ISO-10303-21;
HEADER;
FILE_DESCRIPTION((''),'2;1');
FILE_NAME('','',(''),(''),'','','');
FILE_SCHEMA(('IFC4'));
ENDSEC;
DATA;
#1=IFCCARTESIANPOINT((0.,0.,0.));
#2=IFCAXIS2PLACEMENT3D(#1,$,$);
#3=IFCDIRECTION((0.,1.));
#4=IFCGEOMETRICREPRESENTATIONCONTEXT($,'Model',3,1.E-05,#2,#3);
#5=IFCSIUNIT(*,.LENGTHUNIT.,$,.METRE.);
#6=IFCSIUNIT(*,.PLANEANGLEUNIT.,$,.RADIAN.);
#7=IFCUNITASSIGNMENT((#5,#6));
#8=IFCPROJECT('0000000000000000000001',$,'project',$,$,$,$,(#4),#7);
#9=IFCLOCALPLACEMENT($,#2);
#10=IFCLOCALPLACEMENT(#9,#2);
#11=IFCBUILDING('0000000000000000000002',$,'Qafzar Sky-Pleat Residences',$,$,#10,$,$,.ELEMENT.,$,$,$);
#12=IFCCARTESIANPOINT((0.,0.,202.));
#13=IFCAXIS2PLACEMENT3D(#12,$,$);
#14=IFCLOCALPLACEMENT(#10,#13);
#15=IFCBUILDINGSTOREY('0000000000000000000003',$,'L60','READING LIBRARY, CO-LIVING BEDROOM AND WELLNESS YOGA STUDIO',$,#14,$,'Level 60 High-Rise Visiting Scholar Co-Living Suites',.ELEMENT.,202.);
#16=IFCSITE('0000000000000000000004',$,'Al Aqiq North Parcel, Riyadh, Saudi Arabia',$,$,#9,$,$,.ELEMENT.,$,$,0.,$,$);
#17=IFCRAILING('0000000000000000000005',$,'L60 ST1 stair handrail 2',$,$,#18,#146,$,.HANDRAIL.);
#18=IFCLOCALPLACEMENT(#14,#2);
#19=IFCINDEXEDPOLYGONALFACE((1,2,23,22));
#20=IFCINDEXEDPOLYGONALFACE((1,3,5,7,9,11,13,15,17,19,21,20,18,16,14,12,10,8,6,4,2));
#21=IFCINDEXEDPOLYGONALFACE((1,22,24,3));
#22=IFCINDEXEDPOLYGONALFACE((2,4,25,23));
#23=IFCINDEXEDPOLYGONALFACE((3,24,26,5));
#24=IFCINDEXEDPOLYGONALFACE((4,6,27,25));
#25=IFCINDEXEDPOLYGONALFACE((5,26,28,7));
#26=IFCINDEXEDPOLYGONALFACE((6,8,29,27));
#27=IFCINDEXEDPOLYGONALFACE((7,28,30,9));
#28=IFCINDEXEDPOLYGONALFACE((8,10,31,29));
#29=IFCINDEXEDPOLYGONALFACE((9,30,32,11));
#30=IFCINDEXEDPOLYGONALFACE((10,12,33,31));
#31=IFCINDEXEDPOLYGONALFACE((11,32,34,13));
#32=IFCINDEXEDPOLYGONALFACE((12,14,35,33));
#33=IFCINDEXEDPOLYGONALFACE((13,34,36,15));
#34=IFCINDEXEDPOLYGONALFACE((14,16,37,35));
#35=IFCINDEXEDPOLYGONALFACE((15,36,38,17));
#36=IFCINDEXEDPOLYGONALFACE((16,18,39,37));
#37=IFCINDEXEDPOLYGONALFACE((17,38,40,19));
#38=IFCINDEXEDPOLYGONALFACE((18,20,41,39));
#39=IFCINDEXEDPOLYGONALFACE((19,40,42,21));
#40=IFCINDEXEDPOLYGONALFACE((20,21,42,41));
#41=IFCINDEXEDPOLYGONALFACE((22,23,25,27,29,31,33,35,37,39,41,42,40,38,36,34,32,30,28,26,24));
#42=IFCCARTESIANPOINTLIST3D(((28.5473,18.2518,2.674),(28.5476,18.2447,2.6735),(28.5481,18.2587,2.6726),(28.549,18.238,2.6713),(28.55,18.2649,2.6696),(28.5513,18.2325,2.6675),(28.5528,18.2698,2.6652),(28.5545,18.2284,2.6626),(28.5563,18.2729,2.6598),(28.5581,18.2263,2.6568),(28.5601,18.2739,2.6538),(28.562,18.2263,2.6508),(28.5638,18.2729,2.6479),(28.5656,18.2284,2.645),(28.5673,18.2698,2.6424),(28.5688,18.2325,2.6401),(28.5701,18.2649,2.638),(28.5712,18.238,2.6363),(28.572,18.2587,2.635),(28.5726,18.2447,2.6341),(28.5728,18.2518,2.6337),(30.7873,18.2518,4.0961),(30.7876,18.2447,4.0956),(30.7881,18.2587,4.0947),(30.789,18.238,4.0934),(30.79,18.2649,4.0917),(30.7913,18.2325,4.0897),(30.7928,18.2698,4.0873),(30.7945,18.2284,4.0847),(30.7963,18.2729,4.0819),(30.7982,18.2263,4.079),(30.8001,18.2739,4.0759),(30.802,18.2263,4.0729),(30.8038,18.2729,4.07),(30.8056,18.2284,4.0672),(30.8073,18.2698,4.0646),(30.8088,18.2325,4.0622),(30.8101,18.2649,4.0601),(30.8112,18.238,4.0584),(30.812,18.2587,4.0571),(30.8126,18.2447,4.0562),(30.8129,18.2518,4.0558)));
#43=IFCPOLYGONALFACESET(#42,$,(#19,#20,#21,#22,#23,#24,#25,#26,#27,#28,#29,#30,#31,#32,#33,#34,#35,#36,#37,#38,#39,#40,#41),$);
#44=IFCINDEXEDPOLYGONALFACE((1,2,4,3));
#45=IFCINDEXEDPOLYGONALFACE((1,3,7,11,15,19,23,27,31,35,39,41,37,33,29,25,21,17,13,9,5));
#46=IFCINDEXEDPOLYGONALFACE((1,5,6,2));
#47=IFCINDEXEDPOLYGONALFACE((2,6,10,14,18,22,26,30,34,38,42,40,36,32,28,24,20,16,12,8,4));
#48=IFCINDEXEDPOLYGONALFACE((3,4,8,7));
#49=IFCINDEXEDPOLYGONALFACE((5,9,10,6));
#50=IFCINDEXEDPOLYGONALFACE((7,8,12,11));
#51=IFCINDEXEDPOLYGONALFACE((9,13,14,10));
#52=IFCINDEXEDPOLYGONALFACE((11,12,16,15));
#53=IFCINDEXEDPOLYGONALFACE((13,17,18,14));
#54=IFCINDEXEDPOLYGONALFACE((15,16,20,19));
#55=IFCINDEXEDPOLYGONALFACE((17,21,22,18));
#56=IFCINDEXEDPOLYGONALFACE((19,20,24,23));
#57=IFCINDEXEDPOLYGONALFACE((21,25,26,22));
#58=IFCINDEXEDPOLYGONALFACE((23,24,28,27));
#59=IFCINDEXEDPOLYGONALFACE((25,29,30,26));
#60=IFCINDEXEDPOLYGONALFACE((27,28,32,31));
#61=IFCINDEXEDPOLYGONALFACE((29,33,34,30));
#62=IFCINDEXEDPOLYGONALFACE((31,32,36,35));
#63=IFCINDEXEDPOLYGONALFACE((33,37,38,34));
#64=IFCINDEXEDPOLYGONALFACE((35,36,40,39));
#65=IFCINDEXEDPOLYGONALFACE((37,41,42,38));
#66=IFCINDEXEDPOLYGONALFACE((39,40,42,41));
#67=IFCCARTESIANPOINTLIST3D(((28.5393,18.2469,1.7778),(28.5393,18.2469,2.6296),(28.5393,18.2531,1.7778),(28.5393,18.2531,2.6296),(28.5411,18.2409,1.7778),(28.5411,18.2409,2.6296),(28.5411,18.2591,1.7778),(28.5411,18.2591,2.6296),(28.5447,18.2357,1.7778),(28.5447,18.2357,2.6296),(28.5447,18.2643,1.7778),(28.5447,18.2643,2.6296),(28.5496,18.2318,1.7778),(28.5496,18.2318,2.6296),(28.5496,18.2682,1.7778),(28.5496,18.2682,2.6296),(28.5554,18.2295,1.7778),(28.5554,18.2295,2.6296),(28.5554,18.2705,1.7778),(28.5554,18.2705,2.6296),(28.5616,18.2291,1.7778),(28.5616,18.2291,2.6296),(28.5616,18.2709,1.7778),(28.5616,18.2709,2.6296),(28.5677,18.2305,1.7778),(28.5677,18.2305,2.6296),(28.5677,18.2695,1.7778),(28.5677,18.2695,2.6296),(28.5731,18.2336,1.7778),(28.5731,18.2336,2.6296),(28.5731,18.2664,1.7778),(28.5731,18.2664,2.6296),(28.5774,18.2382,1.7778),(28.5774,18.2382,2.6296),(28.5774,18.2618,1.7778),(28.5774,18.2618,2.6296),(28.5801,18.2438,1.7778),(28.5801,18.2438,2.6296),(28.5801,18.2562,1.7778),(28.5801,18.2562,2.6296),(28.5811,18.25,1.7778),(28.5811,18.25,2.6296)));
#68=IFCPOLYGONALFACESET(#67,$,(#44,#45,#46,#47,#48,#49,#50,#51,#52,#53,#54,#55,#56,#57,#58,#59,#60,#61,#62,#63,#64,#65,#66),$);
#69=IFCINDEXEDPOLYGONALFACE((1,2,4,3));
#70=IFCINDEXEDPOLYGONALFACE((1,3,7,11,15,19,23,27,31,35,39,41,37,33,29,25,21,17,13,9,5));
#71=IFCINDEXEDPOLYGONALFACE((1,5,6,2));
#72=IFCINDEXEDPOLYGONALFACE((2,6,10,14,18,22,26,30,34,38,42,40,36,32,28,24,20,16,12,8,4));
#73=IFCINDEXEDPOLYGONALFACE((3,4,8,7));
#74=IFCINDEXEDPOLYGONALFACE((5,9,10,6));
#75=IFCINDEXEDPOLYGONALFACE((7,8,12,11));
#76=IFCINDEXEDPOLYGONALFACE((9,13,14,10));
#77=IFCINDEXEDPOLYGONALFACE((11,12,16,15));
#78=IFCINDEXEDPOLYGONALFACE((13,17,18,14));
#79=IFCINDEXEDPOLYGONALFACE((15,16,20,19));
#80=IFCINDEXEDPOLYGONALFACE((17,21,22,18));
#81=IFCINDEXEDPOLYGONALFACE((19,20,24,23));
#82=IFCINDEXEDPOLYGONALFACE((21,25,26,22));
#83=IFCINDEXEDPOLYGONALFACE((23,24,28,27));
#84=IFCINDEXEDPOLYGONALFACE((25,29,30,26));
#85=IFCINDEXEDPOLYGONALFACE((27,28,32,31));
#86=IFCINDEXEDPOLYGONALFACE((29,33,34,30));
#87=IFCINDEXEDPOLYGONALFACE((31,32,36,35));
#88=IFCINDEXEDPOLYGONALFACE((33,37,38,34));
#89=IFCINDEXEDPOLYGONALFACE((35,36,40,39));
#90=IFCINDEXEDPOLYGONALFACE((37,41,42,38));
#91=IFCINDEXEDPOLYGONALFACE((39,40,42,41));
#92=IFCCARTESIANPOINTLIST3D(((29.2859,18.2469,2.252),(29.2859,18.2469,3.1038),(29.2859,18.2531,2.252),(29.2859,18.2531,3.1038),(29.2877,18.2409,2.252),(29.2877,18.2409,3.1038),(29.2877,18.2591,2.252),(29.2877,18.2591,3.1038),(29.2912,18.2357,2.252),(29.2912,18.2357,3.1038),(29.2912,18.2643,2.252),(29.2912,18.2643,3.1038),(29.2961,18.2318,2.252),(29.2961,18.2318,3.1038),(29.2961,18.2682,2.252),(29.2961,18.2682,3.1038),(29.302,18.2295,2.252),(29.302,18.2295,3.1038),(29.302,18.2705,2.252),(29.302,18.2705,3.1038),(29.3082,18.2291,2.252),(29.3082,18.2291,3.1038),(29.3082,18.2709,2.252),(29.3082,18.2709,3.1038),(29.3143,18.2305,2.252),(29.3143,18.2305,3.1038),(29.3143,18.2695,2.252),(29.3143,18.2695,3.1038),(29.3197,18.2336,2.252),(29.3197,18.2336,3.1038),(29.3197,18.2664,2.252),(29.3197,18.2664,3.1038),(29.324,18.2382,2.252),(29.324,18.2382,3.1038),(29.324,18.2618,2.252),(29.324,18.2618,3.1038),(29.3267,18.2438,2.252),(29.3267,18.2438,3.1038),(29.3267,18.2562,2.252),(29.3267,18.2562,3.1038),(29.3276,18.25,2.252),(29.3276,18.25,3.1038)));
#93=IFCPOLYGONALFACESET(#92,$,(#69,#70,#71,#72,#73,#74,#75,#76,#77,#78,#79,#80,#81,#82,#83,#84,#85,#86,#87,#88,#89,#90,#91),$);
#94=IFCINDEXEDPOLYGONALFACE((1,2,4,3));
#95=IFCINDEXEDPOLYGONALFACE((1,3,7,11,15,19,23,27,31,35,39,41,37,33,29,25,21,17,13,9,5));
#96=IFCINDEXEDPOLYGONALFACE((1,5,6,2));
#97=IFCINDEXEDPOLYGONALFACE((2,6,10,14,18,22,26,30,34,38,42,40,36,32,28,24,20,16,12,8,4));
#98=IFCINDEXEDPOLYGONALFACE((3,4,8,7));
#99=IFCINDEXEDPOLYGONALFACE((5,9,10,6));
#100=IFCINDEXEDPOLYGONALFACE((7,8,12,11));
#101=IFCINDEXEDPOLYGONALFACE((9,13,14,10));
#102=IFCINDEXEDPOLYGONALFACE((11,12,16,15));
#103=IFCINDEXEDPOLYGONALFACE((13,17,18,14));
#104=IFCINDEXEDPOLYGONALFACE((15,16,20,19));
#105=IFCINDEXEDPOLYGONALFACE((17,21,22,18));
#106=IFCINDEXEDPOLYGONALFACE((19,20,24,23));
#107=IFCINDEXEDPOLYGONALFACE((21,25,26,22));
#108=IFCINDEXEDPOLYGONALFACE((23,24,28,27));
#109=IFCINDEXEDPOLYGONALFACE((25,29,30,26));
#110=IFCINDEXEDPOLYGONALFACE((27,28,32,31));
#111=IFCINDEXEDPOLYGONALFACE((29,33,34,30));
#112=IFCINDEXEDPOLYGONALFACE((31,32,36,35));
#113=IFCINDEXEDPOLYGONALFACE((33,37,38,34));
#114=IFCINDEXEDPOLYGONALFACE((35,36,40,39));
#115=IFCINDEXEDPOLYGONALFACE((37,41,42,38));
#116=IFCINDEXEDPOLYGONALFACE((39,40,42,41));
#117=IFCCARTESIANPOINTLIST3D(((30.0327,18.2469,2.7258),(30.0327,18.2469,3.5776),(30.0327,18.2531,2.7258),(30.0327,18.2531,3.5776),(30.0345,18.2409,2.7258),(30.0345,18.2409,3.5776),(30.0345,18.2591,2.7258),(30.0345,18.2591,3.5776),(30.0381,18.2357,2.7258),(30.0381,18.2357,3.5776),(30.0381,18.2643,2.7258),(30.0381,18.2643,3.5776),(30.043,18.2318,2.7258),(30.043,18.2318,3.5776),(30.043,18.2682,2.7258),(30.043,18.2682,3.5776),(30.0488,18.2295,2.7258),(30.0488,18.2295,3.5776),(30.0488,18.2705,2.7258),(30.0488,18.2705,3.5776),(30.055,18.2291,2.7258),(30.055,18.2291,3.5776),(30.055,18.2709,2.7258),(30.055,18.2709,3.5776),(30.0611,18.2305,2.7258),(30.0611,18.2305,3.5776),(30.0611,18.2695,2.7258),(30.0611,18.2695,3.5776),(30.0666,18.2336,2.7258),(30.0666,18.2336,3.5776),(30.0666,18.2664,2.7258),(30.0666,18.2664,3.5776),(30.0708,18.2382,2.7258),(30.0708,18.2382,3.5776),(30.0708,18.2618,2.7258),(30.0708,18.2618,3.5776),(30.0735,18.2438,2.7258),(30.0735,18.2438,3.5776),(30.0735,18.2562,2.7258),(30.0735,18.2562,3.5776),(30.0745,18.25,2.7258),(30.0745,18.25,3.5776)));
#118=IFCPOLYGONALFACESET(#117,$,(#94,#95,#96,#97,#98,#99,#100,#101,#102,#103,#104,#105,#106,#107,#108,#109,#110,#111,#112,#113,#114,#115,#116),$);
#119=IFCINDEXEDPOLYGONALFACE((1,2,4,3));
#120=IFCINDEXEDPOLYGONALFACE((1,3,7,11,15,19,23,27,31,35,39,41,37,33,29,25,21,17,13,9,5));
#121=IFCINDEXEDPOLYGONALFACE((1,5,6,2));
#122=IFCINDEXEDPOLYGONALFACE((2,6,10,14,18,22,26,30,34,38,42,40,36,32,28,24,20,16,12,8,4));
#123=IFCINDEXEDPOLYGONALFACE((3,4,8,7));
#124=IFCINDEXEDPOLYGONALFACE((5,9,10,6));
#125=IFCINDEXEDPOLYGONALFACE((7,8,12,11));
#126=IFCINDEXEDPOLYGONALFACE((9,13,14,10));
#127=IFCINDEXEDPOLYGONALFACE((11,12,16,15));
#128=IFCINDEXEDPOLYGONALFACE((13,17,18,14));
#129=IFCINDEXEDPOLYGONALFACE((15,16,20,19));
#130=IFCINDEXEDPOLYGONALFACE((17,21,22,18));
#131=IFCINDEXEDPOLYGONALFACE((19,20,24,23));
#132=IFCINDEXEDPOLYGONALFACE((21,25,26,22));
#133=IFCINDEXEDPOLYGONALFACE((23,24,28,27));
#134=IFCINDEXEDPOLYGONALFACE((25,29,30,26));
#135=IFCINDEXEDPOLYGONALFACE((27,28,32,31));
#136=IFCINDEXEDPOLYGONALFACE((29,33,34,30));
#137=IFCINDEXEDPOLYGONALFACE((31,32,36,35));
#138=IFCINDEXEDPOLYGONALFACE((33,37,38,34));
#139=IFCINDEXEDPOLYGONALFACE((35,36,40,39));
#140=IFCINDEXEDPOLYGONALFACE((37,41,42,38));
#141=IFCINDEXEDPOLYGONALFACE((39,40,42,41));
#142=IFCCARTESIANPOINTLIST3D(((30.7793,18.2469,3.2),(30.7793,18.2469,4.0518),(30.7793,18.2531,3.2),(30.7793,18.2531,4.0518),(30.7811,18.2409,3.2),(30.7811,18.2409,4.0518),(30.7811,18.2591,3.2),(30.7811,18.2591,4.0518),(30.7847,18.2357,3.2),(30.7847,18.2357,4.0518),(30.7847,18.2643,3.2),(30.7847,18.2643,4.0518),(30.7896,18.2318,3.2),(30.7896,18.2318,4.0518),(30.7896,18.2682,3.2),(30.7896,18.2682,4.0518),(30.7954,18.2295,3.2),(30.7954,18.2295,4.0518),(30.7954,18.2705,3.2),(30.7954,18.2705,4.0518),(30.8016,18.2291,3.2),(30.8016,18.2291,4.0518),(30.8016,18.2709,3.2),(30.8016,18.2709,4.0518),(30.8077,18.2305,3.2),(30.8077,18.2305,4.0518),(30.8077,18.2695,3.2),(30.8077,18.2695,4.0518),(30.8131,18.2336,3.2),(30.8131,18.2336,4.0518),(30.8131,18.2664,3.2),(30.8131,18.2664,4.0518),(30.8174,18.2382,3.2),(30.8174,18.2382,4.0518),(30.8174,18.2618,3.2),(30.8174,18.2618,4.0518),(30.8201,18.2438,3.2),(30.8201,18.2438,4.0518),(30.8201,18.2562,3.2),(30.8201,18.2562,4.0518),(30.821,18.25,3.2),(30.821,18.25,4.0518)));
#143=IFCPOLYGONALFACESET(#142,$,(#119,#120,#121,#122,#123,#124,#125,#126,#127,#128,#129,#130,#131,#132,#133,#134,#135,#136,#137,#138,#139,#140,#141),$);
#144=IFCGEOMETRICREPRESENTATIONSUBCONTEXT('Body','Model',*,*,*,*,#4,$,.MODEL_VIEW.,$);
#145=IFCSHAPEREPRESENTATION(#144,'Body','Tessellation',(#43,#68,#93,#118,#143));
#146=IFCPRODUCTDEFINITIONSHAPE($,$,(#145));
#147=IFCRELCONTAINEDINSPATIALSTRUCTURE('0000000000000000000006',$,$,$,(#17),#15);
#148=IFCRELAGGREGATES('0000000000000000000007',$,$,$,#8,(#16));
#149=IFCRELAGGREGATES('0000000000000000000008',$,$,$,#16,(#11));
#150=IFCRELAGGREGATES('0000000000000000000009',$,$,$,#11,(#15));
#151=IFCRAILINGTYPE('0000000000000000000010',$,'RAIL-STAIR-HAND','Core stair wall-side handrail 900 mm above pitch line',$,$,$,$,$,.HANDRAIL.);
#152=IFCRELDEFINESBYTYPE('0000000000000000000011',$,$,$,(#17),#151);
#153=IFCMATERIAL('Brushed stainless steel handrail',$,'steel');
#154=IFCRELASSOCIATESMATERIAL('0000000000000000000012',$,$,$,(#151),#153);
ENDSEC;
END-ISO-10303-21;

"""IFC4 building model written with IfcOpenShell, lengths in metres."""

from ifc_helpers import new_model, si_unit, direction, frame, origin, origin_2d, place, context, subcontext, project, spatial, circle, extrude, source, transform, mapped, material, type_object, element, save


model = new_model("IFC4")

# Units and contexts
model_context = context("Model", 3, precision=1e-05, world=origin(), true_north=direction((0.0, 1.0)))
body_context = subcontext(model_context, "Body", "Model", "MODEL_VIEW")
ifc_project = project(units=[si_unit("LENGTHUNIT", "METRE"), si_unit("PLANEANGLEUNIT", "RADIAN")], contexts=[model_context])

# Site, building, storey
site_placement = place(None, origin())
site = spatial("IfcSite", under=ifc_project, at=site_placement, Name="Al Aqiq North Parcel, Riyadh, Saudi Arabia", CompositionType="ELEMENT", RefElevation=0.0)
building_placement = place(site_placement, origin())
building = spatial("IfcBuilding", under=site, at=building_placement, Name="Qafzar Sky-Pleat Residences", CompositionType="ELEMENT")
storey_placement = place(building_placement, frame((0.0, 0.0, 202.0)))
storey = spatial("IfcBuildingStorey", under=building, at=storey_placement, Name="L60", Description="READING LIBRARY, CO-LIVING BEDROOM AND WELLNESS YOGA STUDIO", LongName="Level 60 High-Rise Visiting Scholar Co-Living Suites", CompositionType="ELEMENT", Elevation=202.0)

# Railing
ifc_material_1 = material(Name="Brushed stainless steel handrail", Category="steel")
railing_type_1 = type_object("IfcRailingType", Name="RAIL-STAIR-HAND", Description="Core stair wall-side handrail 900 mm above pitch line", PredefinedType="HANDRAIL", material=ifc_material_1)
shared_shape_1 = source(origin(), body_context, "Body", "SweptSolid", [
    extrude(circle(Radius=0.0239, at=origin_2d()), frame((0.0, 0.0, 0.876), z_axis=(0.844229, 0.0, 0.535982), x_axis=(0.0, 1.0, 0.0)), (0.0, 0.0, 1.0), 2.6533),
    extrude(circle(Radius=0.021, at=origin_2d()), origin(), (0.0, 0.0, 1.0), 0.8518),
    extrude(circle(Radius=0.021, at=origin_2d()), frame((0.7466, 0.0, 0.4741)), (0.0, 0.0, 1.0), 0.8518),
    extrude(circle(Radius=0.021, at=origin_2d()), frame((1.4934, 0.0, 0.948)), (0.0, 0.0, 1.0), 0.8518),
    extrude(circle(Radius=0.021, at=origin_2d()), frame((2.24, 0.0, 1.4221)), (0.0, 0.0, 1.0), 0.8518),
])
railing_1_placement = place(storey_placement, frame((28.5601, 18.25, 1.7778)))
element("IfcRailing", 1, at=railing_1_placement, inside=storey, type_object=railing_type_1, Name="L60 ST1 stair handrail 2", PredefinedType="HANDRAIL", context=body_context, shape_type="MappedRepresentation", body=[
    mapped(shared_shape_1, transform((0.0, 0.0, 0.0), x_axis=(1.0, 0.0, 0.0), y_axis=(0.0, 1.0, 0.0), z_axis=(0.0, 0.0, 1.0), scale=1.0)),
])

save(model, "model.ifc")
